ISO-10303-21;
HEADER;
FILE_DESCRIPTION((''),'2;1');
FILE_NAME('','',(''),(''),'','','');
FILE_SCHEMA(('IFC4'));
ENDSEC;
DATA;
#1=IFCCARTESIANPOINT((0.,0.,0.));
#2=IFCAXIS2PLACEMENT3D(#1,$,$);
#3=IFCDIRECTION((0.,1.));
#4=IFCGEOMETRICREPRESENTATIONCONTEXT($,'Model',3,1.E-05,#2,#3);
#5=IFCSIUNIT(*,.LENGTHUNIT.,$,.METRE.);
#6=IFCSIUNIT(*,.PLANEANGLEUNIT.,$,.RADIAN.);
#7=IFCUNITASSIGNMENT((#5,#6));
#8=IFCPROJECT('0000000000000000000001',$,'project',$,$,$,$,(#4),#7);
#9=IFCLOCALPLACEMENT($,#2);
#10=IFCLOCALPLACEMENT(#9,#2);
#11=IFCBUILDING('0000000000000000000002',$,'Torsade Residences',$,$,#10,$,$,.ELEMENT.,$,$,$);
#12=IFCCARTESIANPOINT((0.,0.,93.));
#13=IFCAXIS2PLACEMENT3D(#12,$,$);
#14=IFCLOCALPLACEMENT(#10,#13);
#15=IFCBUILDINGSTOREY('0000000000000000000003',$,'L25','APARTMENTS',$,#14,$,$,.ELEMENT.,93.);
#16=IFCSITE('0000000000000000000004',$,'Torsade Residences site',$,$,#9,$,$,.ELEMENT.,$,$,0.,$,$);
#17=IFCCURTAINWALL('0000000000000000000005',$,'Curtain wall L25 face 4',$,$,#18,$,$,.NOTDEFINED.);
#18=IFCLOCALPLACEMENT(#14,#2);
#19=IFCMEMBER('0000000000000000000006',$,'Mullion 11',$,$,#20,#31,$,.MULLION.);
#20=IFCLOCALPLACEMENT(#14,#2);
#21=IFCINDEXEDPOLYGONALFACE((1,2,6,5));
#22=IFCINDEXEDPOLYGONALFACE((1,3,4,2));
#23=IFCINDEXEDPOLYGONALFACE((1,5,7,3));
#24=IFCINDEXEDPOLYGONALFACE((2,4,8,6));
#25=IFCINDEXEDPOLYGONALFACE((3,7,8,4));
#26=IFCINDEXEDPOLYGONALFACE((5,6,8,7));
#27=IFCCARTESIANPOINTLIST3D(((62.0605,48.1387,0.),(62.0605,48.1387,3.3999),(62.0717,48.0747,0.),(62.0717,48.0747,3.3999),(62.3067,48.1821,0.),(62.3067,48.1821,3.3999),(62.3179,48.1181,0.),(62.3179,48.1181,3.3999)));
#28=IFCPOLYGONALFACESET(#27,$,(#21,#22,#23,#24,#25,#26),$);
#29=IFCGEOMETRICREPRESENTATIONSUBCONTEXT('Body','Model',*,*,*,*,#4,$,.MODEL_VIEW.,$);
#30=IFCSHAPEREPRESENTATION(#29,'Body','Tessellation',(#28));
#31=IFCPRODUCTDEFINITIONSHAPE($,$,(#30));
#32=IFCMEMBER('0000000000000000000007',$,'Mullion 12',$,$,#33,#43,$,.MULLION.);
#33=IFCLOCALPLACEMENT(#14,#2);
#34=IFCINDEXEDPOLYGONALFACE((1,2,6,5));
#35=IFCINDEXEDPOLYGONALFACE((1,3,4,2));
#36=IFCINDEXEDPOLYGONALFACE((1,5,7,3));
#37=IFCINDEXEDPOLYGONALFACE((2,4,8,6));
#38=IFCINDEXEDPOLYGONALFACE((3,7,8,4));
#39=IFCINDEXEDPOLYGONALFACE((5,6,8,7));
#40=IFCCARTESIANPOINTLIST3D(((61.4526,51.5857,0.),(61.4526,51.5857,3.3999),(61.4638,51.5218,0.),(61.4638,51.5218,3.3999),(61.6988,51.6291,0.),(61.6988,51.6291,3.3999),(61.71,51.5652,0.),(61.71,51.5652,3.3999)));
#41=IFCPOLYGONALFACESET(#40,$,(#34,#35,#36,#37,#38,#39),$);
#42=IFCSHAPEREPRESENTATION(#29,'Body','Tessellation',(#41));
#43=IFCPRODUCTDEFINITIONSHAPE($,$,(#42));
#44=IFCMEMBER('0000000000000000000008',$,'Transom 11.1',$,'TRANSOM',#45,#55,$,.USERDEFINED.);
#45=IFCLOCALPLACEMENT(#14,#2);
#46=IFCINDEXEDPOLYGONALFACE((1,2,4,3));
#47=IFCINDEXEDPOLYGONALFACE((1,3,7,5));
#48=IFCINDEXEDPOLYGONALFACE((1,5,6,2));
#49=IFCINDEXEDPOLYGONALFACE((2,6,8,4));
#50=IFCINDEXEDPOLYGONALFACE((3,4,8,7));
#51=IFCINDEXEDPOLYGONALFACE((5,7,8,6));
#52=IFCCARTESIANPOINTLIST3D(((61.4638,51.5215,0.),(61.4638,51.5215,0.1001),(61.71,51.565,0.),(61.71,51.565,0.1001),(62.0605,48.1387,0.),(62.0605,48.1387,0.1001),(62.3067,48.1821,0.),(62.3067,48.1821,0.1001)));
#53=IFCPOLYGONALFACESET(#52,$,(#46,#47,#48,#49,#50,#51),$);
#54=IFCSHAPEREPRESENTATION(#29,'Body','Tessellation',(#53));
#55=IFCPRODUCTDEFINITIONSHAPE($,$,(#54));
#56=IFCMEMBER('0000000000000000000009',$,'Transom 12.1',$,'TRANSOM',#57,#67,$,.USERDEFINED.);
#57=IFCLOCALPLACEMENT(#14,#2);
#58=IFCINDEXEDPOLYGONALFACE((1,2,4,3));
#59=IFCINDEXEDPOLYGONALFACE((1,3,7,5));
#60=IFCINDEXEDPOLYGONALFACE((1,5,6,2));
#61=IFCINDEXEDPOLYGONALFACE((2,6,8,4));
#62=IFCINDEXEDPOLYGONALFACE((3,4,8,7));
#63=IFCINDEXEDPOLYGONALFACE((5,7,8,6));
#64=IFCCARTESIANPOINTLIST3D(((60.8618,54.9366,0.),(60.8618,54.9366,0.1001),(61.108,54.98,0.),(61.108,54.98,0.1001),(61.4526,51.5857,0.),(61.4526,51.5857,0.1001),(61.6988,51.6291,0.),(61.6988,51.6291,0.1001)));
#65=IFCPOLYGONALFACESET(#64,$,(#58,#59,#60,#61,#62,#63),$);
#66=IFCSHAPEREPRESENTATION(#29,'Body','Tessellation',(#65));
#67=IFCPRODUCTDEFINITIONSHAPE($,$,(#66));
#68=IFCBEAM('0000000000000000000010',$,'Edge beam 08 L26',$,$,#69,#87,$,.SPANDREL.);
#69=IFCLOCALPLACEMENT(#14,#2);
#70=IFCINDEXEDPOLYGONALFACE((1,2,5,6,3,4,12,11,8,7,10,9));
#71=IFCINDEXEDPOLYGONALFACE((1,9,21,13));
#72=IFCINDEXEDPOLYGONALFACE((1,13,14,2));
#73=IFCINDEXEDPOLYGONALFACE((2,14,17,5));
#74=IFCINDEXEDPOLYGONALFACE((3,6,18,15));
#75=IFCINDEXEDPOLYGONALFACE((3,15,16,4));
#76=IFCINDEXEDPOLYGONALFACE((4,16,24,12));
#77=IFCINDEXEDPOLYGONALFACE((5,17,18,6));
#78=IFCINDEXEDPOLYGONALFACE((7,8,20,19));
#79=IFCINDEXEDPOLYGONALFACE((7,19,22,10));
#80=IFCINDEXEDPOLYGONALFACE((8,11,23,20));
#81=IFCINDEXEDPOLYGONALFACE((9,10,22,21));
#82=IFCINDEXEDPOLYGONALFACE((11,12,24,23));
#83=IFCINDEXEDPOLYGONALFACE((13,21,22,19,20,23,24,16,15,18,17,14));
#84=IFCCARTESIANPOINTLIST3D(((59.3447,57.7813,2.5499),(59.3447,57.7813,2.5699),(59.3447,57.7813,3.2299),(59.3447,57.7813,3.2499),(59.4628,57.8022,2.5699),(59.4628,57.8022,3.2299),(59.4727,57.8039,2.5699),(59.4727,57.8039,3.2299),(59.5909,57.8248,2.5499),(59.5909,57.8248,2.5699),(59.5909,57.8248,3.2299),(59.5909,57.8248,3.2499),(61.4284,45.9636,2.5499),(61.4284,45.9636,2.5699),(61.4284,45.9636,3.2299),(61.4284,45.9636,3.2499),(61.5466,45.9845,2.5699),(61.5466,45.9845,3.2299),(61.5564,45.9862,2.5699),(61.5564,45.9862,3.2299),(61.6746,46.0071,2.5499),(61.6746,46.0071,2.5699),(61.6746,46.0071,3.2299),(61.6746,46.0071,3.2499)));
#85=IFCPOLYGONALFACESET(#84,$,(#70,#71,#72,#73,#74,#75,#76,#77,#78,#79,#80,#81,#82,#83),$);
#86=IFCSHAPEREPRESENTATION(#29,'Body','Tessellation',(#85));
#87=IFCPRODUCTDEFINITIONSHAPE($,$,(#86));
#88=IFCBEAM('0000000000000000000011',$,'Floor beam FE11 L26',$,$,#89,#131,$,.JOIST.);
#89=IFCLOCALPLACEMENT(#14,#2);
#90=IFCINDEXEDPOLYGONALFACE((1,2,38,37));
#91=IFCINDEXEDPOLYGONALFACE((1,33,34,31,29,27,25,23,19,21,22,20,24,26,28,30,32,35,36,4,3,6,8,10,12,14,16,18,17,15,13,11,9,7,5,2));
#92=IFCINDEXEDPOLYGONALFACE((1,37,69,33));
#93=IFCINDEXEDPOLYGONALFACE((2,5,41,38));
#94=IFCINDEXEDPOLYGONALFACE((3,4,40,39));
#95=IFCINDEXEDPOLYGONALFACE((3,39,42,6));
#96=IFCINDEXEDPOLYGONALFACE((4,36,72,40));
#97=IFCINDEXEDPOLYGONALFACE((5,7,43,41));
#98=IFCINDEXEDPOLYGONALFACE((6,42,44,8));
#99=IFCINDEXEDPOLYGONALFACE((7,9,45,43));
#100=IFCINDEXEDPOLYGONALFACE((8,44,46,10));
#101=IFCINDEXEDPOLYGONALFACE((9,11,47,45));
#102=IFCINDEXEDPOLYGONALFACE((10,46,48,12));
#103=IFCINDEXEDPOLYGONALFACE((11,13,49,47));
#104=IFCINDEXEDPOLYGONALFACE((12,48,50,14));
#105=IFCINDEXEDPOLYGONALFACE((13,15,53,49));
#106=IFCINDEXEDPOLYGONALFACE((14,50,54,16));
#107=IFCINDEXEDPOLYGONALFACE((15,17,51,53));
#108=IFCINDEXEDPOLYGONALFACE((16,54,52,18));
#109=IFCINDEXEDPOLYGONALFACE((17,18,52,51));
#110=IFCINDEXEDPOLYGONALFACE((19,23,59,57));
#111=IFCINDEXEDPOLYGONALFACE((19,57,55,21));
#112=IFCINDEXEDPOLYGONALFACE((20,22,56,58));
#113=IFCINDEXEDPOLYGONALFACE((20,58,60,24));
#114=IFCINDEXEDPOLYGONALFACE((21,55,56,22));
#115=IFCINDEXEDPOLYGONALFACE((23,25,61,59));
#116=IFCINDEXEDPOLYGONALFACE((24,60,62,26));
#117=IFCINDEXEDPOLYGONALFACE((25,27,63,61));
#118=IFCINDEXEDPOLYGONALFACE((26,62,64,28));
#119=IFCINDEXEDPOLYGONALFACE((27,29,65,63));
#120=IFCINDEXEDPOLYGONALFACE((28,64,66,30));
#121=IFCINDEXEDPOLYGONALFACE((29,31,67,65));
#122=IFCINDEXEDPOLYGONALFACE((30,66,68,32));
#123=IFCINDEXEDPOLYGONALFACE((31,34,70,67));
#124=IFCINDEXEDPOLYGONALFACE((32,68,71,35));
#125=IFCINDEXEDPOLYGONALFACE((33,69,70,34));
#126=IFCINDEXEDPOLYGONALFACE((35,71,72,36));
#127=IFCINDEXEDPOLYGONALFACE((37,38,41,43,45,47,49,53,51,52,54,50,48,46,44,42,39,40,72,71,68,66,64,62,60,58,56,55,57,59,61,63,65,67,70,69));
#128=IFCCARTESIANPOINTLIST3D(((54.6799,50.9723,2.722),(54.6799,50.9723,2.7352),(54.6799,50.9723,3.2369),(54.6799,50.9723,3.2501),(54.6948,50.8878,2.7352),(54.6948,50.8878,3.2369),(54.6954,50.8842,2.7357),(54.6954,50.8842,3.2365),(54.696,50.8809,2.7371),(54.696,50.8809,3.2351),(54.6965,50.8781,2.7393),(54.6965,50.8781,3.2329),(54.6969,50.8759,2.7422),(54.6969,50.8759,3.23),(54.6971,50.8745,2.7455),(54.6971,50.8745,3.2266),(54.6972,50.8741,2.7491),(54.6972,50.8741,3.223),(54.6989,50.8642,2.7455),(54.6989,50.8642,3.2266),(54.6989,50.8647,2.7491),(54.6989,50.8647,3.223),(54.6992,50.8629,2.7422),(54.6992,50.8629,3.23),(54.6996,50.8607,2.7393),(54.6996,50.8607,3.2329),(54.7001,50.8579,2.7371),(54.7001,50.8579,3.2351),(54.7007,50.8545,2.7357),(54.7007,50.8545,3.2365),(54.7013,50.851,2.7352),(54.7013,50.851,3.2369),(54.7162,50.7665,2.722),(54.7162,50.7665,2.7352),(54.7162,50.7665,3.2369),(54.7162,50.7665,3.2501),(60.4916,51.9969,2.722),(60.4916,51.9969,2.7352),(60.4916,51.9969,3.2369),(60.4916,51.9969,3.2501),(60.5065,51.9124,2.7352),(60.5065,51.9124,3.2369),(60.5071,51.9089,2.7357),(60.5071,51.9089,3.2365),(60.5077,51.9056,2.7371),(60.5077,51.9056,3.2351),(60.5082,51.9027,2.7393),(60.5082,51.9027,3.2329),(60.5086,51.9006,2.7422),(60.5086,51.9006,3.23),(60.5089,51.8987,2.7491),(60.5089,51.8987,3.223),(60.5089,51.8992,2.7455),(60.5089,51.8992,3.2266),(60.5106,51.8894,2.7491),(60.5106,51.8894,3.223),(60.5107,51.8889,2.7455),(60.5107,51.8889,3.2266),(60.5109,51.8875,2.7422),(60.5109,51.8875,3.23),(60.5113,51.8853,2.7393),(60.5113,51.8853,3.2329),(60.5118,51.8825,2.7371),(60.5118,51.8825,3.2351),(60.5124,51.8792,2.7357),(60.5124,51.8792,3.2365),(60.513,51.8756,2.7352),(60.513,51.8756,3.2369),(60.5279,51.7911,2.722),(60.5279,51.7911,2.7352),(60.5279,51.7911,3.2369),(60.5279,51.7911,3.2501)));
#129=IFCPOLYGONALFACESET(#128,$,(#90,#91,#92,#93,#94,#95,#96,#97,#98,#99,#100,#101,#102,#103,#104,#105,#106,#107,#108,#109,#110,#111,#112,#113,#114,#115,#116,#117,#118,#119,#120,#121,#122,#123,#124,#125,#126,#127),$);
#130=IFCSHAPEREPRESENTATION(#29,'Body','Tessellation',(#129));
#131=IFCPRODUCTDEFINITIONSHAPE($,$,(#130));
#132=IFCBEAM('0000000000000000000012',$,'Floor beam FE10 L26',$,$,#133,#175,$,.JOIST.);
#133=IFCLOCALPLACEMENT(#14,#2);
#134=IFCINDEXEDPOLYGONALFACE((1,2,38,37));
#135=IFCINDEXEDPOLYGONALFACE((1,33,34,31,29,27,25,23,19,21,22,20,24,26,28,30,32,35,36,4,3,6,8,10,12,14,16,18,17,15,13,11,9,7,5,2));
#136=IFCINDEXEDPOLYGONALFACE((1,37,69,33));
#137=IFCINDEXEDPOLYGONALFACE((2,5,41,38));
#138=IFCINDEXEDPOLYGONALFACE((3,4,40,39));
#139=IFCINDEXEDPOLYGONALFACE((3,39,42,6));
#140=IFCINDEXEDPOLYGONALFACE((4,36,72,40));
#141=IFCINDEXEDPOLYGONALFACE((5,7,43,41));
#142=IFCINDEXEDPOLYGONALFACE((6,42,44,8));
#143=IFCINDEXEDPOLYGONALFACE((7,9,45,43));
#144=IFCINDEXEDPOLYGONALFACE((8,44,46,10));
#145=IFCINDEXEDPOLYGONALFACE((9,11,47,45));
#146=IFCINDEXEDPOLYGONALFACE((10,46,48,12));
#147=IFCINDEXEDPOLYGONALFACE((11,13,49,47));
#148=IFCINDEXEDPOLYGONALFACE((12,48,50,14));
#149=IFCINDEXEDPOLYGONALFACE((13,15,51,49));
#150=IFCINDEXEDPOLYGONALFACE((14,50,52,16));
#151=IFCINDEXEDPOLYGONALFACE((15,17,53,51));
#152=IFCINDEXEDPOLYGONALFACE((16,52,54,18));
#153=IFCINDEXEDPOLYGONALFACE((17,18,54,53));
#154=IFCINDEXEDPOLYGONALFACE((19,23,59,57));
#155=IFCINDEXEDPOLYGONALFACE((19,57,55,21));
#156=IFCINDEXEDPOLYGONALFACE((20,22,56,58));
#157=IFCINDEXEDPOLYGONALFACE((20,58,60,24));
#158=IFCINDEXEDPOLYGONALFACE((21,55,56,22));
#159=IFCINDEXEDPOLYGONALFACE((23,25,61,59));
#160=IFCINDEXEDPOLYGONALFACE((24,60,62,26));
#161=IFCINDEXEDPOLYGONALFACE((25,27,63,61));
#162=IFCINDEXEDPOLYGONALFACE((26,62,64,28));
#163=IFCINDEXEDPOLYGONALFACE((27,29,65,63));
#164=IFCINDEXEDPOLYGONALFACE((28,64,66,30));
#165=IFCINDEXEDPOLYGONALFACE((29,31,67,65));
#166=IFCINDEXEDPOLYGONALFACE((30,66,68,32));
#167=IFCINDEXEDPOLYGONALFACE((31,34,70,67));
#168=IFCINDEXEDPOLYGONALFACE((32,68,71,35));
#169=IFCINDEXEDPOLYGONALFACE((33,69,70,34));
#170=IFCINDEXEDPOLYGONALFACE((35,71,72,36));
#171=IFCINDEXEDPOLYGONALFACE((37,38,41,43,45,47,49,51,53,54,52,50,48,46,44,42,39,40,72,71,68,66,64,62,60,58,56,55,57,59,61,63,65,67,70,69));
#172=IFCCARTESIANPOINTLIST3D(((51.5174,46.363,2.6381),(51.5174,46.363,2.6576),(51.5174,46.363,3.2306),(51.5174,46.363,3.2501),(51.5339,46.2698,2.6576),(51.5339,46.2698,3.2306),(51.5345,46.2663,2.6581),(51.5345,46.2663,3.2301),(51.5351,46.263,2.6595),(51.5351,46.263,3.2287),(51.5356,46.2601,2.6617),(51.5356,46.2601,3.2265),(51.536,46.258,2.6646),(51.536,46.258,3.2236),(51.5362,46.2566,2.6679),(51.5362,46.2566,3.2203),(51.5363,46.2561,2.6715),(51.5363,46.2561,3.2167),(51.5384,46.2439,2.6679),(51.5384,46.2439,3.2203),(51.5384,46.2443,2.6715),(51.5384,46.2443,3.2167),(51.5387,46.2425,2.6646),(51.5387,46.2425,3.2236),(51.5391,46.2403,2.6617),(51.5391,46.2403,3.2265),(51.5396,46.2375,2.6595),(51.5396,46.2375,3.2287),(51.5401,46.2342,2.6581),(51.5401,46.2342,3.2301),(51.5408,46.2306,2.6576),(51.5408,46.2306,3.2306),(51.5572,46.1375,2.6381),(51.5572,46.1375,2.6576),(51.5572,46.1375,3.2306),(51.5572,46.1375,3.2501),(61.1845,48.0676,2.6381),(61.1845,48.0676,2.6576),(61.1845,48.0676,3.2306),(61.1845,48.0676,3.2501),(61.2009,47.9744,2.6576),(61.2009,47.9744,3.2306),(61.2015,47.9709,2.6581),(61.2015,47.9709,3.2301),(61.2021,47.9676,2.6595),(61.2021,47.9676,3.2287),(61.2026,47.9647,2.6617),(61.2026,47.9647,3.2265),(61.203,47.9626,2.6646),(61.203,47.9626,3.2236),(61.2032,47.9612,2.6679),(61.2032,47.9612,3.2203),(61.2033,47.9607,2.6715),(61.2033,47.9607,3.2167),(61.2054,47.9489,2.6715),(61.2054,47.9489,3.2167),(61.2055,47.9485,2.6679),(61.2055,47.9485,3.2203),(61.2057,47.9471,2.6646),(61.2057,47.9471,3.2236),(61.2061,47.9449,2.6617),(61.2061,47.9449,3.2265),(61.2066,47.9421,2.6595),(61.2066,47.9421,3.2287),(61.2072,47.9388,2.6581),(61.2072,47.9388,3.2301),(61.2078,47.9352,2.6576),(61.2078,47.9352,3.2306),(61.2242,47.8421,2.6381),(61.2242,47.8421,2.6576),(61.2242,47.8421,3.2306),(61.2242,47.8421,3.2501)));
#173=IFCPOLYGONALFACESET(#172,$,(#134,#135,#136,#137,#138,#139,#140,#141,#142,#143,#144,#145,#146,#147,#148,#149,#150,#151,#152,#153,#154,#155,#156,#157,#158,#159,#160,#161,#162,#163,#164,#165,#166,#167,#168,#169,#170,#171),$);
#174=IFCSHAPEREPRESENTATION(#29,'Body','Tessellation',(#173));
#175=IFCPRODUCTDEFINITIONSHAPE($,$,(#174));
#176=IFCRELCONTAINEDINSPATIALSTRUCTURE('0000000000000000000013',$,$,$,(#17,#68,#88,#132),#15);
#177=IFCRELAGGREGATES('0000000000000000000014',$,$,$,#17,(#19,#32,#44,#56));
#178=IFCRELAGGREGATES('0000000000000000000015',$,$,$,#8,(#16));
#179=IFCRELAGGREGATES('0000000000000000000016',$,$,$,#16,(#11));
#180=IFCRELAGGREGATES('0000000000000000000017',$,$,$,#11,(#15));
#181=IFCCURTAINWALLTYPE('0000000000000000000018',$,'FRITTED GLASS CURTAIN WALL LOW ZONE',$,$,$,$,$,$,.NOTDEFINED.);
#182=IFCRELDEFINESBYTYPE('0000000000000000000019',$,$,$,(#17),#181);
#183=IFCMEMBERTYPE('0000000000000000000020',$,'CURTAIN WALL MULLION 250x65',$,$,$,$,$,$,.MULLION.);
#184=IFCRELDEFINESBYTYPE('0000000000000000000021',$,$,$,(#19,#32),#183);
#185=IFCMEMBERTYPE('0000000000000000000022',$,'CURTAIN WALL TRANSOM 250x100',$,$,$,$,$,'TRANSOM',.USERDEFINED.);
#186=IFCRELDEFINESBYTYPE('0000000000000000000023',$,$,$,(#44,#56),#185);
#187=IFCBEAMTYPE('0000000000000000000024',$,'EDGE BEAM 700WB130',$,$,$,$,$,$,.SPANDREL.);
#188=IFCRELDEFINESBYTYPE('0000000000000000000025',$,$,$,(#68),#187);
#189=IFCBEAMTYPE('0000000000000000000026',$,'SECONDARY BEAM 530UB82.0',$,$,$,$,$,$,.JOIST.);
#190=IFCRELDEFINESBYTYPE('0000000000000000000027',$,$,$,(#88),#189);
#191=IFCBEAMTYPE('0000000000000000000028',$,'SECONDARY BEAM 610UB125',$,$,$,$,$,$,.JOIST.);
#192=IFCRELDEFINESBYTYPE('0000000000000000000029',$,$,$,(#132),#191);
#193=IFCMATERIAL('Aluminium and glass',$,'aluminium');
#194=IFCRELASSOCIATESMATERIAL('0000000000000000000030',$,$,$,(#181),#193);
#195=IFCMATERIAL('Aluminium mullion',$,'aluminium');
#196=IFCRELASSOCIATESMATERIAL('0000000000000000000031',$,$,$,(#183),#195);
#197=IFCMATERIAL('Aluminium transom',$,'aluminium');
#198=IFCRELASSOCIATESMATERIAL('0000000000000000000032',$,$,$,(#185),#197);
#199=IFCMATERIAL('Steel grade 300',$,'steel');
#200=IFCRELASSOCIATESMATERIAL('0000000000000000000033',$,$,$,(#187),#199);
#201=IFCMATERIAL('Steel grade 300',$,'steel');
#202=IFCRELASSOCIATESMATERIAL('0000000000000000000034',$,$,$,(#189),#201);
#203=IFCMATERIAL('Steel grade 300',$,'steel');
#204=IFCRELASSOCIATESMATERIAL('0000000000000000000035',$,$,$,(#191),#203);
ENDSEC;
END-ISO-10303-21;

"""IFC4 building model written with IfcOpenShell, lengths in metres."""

from ifc_helpers import new_model, si_unit, direction, frame, origin, origin_2d, place, context, subcontext, project, spatial, rectangle, i_section, extrude, material, material_profile, profile_set, type_object, element, aggregate, save


model = new_model("IFC4")

# Units and contexts
model_context = context("Model", 3, precision=1e-05, world=origin(), true_north=direction((0.0, 1.0)))
body_context = subcontext(model_context, "Body", "Model", "MODEL_VIEW")
ifc_project = project(units=[si_unit("LENGTHUNIT", "METRE"), si_unit("PLANEANGLEUNIT", "RADIAN")], contexts=[model_context])

# Site, building, storey
site_placement = place(None, origin())
site = spatial("IfcSite", under=ifc_project, at=site_placement, Name="Torsade Residences site", CompositionType="ELEMENT", RefElevation=0.0)
building_placement = place(site_placement, origin())
building = spatial("IfcBuilding", under=site, at=building_placement, Name="Torsade Residences", CompositionType="ELEMENT")
storey_placement = place(building_placement, frame((0.0, 0.0, 93.0)))
storey = spatial("IfcBuildingStorey", under=building, at=storey_placement, Name="L25", Description="APARTMENTS", CompositionType="ELEMENT", Elevation=93.0)

# Curtain wall, members
ifc_material_1 = material(Name="Aluminium and glass", Category="aluminium")
curtain_wall_type = type_object("IfcCurtainWallType", Name="FRITTED GLASS CURTAIN WALL LOW ZONE", PredefinedType="NOTDEFINED", material=ifc_material_1)
curtain_wall_placement = place(storey_placement, origin())
curtain_wall = element("IfcCurtainWall", 1, at=curtain_wall_placement, inside=storey, type_object=curtain_wall_type, Name="Curtain wall L25 face 4", PredefinedType="NOTDEFINED")
ifc_material_2 = material(Name="Aluminium mullion", Category="aluminium")
ifc_material_profile_1 = material_profile(ifc_material_2, rectangle(XDim=0.25, YDim=0.0649, at=origin_2d()), Name="CURTAIN WALL MULLION 250x65")
ifc_profile_set_1 = profile_set([ifc_material_profile_1], Name="Aluminium mullion")
member_type_1 = type_object("IfcMemberType", Name="CURTAIN WALL MULLION 250x65", PredefinedType="MULLION", material=ifc_profile_set_1)
member_1_placement = place(storey_placement, frame((62.1892, 48.1284, 0.0), z_axis=(0.0, 0.0, 1.0), x_axis=(-0.984808, -0.173648, 0.0)))
member_1 = element("IfcMember", 2, at=member_1_placement, type_object=member_type_1, Name="Mullion 11", PredefinedType="MULLION", context=body_context, shape_type="SweptSolid", body=[
    extrude(rectangle(XDim=0.25, YDim=0.0649, at=origin_2d()), origin(), (0.0, 0.0, 1.0), 3.3999),
])
member_2_placement = place(storey_placement, frame((61.5813, 51.5754, 0.0), z_axis=(0.0, 0.0, 1.0), x_axis=(-0.984808, -0.173648, 0.0)))
member_2 = element("IfcMember", 3, at=member_2_placement, type_object=member_type_1, Name="Mullion 12", PredefinedType="MULLION", context=body_context, shape_type="SweptSolid", body=[
    extrude(rectangle(XDim=0.25, YDim=0.0649, at=origin_2d()), origin(), (0.0, 0.0, 1.0), 3.3999),
])
ifc_material_3 = material(Name="Aluminium transom", Category="aluminium")
ifc_material_profile_2 = material_profile(ifc_material_3, rectangle(XDim=0.25, YDim=0.1001, at=origin_2d()), Name="CURTAIN WALL TRANSOM 250x100")
ifc_profile_set_2 = profile_set([ifc_material_profile_2], Name="Aluminium transom")
member_type_2 = type_object("IfcMemberType", Name="CURTAIN WALL TRANSOM 250x100", ElementType="TRANSOM", PredefinedType="USERDEFINED", material=ifc_profile_set_2)
member_3_placement = place(storey_placement, frame((62.1836, 48.1604, 0.05), z_axis=(-0.173704, 0.984798, 0.0), x_axis=(-0.984798, -0.173704, 0.0)))
member_3 = element("IfcMember", 4, at=member_3_placement, type_object=member_type_2, Name="Transom 11.1", ObjectType="TRANSOM", PredefinedType="USERDEFINED", context=body_context, shape_type="SweptSolid", body=[
    extrude(rectangle(XDim=0.25, YDim=0.1001, at=origin_2d()), origin(), (0.0, 0.0, 1.0), 3.4351),
])
member_4_placement = place(storey_placement, frame((61.5757, 51.6074, 0.05), z_axis=(-0.173642, 0.984809, 0.0), x_axis=(-0.984809, -0.173642, 0.0)))
member_4 = element("IfcMember", 5, at=member_4_placement, type_object=member_type_2, Name="Transom 12.1", ObjectType="TRANSOM", PredefinedType="USERDEFINED", context=body_context, shape_type="SweptSolid", body=[
    extrude(rectangle(XDim=0.25, YDim=0.1001, at=origin_2d()), origin(), (0.0, 0.0, 1.0), 3.4026),
])

# Beams
ifc_material_4 = material(Name="Steel grade 300", Category="steel")
ifc_material_profile_3 = material_profile(ifc_material_4, i_section(OverallWidth=0.25, OverallDepth=0.7, WebThickness=0.01, FlangeThickness=0.02, at=origin_2d()), Name="700WB130")
ifc_profile_set_3 = profile_set([ifc_material_profile_3], Name="Steel grade 300")
beam_type_1 = type_object("IfcBeamType", Name="EDGE BEAM 700WB130", PredefinedType="SPANDREL", material=ifc_profile_set_3)
beam_1_placement = place(storey_placement, frame((61.5515, 45.9854, 2.8999), z_axis=(-0.173646, 0.984808, 0.0), x_axis=(-0.984808, -0.173646, 0.0)))
element("IfcBeam", 6, at=beam_1_placement, inside=storey, type_object=beam_type_1, Name="Edge beam 08 L26", PredefinedType="SPANDREL", context=body_context, shape_type="SweptSolid", body=[
    extrude(i_section(OverallWidth=0.25, OverallDepth=0.7, WebThickness=0.01, FlangeThickness=0.02, at=origin_2d()), origin(), (0.0, 0.0, 1.0), 12.0),
])
ifc_material_5 = material(Name="Steel grade 300", Category="steel")
ifc_material_profile_4 = material_profile(ifc_material_5, i_section(OverallWidth=0.209, OverallDepth=0.5281, WebThickness=0.0095, FlangeThickness=0.0132, FilletRadius=0.0139, at=origin_2d()), Name="530UB82.0")
ifc_profile_set_4 = profile_set([ifc_material_profile_4], Name="Steel grade 300")
beam_type_2 = type_object("IfcBeamType", Name="SECONDARY BEAM 530UB82.0", PredefinedType="JOIST", material=ifc_profile_set_4)
beam_2_placement = place(storey_placement, frame((60.5098, 51.894, 2.9861), z_axis=(-0.984811, -0.17363, 0.0), x_axis=(0.17363, -0.984811, 0.0)))
element("IfcBeam", 7, at=beam_2_placement, inside=storey, type_object=beam_type_2, Name="Floor beam FE11 L26", PredefinedType="JOIST", context=body_context, shape_type="SweptSolid", body=[
    extrude(i_section(OverallWidth=0.209, OverallDepth=0.5281, WebThickness=0.0095, FlangeThickness=0.0132, FilletRadius=0.0139, at=origin_2d()), origin(), (0.0, 0.0, 1.0), 5.9014),
])
ifc_material_6 = material(Name="Steel grade 300", Category="steel")
ifc_material_profile_5 = material_profile(ifc_material_6, i_section(OverallWidth=0.229, OverallDepth=0.6121, WebThickness=0.012, FlangeThickness=0.0195, FilletRadius=0.0139, at=origin_2d()), Name="610UB125")
ifc_profile_set_5 = profile_set([ifc_material_profile_5], Name="Steel grade 300")
beam_type_3 = type_object("IfcBeamType", Name="SECONDARY BEAM 610UB125", PredefinedType="JOIST", material=ifc_profile_set_5)
beam_3_placement = place(storey_placement, frame((61.2043, 47.9548, 2.9441), z_axis=(-0.984807, -0.173652, 0.0), x_axis=(0.173652, -0.984807, 0.0)))
element("IfcBeam", 8, at=beam_3_placement, inside=storey, type_object=beam_type_3, Name="Floor beam FE10 L26", PredefinedType="JOIST", context=body_context, shape_type="SweptSolid", body=[
    extrude(i_section(OverallWidth=0.229, OverallDepth=0.6121, WebThickness=0.012, FlangeThickness=0.0195, FilletRadius=0.0139, at=origin_2d()), origin(), (0.0, 0.0, 1.0), 9.8162),
])

aggregate(curtain_wall, [member_1, member_2, member_3, member_4])

save(model, "model.ifc")
